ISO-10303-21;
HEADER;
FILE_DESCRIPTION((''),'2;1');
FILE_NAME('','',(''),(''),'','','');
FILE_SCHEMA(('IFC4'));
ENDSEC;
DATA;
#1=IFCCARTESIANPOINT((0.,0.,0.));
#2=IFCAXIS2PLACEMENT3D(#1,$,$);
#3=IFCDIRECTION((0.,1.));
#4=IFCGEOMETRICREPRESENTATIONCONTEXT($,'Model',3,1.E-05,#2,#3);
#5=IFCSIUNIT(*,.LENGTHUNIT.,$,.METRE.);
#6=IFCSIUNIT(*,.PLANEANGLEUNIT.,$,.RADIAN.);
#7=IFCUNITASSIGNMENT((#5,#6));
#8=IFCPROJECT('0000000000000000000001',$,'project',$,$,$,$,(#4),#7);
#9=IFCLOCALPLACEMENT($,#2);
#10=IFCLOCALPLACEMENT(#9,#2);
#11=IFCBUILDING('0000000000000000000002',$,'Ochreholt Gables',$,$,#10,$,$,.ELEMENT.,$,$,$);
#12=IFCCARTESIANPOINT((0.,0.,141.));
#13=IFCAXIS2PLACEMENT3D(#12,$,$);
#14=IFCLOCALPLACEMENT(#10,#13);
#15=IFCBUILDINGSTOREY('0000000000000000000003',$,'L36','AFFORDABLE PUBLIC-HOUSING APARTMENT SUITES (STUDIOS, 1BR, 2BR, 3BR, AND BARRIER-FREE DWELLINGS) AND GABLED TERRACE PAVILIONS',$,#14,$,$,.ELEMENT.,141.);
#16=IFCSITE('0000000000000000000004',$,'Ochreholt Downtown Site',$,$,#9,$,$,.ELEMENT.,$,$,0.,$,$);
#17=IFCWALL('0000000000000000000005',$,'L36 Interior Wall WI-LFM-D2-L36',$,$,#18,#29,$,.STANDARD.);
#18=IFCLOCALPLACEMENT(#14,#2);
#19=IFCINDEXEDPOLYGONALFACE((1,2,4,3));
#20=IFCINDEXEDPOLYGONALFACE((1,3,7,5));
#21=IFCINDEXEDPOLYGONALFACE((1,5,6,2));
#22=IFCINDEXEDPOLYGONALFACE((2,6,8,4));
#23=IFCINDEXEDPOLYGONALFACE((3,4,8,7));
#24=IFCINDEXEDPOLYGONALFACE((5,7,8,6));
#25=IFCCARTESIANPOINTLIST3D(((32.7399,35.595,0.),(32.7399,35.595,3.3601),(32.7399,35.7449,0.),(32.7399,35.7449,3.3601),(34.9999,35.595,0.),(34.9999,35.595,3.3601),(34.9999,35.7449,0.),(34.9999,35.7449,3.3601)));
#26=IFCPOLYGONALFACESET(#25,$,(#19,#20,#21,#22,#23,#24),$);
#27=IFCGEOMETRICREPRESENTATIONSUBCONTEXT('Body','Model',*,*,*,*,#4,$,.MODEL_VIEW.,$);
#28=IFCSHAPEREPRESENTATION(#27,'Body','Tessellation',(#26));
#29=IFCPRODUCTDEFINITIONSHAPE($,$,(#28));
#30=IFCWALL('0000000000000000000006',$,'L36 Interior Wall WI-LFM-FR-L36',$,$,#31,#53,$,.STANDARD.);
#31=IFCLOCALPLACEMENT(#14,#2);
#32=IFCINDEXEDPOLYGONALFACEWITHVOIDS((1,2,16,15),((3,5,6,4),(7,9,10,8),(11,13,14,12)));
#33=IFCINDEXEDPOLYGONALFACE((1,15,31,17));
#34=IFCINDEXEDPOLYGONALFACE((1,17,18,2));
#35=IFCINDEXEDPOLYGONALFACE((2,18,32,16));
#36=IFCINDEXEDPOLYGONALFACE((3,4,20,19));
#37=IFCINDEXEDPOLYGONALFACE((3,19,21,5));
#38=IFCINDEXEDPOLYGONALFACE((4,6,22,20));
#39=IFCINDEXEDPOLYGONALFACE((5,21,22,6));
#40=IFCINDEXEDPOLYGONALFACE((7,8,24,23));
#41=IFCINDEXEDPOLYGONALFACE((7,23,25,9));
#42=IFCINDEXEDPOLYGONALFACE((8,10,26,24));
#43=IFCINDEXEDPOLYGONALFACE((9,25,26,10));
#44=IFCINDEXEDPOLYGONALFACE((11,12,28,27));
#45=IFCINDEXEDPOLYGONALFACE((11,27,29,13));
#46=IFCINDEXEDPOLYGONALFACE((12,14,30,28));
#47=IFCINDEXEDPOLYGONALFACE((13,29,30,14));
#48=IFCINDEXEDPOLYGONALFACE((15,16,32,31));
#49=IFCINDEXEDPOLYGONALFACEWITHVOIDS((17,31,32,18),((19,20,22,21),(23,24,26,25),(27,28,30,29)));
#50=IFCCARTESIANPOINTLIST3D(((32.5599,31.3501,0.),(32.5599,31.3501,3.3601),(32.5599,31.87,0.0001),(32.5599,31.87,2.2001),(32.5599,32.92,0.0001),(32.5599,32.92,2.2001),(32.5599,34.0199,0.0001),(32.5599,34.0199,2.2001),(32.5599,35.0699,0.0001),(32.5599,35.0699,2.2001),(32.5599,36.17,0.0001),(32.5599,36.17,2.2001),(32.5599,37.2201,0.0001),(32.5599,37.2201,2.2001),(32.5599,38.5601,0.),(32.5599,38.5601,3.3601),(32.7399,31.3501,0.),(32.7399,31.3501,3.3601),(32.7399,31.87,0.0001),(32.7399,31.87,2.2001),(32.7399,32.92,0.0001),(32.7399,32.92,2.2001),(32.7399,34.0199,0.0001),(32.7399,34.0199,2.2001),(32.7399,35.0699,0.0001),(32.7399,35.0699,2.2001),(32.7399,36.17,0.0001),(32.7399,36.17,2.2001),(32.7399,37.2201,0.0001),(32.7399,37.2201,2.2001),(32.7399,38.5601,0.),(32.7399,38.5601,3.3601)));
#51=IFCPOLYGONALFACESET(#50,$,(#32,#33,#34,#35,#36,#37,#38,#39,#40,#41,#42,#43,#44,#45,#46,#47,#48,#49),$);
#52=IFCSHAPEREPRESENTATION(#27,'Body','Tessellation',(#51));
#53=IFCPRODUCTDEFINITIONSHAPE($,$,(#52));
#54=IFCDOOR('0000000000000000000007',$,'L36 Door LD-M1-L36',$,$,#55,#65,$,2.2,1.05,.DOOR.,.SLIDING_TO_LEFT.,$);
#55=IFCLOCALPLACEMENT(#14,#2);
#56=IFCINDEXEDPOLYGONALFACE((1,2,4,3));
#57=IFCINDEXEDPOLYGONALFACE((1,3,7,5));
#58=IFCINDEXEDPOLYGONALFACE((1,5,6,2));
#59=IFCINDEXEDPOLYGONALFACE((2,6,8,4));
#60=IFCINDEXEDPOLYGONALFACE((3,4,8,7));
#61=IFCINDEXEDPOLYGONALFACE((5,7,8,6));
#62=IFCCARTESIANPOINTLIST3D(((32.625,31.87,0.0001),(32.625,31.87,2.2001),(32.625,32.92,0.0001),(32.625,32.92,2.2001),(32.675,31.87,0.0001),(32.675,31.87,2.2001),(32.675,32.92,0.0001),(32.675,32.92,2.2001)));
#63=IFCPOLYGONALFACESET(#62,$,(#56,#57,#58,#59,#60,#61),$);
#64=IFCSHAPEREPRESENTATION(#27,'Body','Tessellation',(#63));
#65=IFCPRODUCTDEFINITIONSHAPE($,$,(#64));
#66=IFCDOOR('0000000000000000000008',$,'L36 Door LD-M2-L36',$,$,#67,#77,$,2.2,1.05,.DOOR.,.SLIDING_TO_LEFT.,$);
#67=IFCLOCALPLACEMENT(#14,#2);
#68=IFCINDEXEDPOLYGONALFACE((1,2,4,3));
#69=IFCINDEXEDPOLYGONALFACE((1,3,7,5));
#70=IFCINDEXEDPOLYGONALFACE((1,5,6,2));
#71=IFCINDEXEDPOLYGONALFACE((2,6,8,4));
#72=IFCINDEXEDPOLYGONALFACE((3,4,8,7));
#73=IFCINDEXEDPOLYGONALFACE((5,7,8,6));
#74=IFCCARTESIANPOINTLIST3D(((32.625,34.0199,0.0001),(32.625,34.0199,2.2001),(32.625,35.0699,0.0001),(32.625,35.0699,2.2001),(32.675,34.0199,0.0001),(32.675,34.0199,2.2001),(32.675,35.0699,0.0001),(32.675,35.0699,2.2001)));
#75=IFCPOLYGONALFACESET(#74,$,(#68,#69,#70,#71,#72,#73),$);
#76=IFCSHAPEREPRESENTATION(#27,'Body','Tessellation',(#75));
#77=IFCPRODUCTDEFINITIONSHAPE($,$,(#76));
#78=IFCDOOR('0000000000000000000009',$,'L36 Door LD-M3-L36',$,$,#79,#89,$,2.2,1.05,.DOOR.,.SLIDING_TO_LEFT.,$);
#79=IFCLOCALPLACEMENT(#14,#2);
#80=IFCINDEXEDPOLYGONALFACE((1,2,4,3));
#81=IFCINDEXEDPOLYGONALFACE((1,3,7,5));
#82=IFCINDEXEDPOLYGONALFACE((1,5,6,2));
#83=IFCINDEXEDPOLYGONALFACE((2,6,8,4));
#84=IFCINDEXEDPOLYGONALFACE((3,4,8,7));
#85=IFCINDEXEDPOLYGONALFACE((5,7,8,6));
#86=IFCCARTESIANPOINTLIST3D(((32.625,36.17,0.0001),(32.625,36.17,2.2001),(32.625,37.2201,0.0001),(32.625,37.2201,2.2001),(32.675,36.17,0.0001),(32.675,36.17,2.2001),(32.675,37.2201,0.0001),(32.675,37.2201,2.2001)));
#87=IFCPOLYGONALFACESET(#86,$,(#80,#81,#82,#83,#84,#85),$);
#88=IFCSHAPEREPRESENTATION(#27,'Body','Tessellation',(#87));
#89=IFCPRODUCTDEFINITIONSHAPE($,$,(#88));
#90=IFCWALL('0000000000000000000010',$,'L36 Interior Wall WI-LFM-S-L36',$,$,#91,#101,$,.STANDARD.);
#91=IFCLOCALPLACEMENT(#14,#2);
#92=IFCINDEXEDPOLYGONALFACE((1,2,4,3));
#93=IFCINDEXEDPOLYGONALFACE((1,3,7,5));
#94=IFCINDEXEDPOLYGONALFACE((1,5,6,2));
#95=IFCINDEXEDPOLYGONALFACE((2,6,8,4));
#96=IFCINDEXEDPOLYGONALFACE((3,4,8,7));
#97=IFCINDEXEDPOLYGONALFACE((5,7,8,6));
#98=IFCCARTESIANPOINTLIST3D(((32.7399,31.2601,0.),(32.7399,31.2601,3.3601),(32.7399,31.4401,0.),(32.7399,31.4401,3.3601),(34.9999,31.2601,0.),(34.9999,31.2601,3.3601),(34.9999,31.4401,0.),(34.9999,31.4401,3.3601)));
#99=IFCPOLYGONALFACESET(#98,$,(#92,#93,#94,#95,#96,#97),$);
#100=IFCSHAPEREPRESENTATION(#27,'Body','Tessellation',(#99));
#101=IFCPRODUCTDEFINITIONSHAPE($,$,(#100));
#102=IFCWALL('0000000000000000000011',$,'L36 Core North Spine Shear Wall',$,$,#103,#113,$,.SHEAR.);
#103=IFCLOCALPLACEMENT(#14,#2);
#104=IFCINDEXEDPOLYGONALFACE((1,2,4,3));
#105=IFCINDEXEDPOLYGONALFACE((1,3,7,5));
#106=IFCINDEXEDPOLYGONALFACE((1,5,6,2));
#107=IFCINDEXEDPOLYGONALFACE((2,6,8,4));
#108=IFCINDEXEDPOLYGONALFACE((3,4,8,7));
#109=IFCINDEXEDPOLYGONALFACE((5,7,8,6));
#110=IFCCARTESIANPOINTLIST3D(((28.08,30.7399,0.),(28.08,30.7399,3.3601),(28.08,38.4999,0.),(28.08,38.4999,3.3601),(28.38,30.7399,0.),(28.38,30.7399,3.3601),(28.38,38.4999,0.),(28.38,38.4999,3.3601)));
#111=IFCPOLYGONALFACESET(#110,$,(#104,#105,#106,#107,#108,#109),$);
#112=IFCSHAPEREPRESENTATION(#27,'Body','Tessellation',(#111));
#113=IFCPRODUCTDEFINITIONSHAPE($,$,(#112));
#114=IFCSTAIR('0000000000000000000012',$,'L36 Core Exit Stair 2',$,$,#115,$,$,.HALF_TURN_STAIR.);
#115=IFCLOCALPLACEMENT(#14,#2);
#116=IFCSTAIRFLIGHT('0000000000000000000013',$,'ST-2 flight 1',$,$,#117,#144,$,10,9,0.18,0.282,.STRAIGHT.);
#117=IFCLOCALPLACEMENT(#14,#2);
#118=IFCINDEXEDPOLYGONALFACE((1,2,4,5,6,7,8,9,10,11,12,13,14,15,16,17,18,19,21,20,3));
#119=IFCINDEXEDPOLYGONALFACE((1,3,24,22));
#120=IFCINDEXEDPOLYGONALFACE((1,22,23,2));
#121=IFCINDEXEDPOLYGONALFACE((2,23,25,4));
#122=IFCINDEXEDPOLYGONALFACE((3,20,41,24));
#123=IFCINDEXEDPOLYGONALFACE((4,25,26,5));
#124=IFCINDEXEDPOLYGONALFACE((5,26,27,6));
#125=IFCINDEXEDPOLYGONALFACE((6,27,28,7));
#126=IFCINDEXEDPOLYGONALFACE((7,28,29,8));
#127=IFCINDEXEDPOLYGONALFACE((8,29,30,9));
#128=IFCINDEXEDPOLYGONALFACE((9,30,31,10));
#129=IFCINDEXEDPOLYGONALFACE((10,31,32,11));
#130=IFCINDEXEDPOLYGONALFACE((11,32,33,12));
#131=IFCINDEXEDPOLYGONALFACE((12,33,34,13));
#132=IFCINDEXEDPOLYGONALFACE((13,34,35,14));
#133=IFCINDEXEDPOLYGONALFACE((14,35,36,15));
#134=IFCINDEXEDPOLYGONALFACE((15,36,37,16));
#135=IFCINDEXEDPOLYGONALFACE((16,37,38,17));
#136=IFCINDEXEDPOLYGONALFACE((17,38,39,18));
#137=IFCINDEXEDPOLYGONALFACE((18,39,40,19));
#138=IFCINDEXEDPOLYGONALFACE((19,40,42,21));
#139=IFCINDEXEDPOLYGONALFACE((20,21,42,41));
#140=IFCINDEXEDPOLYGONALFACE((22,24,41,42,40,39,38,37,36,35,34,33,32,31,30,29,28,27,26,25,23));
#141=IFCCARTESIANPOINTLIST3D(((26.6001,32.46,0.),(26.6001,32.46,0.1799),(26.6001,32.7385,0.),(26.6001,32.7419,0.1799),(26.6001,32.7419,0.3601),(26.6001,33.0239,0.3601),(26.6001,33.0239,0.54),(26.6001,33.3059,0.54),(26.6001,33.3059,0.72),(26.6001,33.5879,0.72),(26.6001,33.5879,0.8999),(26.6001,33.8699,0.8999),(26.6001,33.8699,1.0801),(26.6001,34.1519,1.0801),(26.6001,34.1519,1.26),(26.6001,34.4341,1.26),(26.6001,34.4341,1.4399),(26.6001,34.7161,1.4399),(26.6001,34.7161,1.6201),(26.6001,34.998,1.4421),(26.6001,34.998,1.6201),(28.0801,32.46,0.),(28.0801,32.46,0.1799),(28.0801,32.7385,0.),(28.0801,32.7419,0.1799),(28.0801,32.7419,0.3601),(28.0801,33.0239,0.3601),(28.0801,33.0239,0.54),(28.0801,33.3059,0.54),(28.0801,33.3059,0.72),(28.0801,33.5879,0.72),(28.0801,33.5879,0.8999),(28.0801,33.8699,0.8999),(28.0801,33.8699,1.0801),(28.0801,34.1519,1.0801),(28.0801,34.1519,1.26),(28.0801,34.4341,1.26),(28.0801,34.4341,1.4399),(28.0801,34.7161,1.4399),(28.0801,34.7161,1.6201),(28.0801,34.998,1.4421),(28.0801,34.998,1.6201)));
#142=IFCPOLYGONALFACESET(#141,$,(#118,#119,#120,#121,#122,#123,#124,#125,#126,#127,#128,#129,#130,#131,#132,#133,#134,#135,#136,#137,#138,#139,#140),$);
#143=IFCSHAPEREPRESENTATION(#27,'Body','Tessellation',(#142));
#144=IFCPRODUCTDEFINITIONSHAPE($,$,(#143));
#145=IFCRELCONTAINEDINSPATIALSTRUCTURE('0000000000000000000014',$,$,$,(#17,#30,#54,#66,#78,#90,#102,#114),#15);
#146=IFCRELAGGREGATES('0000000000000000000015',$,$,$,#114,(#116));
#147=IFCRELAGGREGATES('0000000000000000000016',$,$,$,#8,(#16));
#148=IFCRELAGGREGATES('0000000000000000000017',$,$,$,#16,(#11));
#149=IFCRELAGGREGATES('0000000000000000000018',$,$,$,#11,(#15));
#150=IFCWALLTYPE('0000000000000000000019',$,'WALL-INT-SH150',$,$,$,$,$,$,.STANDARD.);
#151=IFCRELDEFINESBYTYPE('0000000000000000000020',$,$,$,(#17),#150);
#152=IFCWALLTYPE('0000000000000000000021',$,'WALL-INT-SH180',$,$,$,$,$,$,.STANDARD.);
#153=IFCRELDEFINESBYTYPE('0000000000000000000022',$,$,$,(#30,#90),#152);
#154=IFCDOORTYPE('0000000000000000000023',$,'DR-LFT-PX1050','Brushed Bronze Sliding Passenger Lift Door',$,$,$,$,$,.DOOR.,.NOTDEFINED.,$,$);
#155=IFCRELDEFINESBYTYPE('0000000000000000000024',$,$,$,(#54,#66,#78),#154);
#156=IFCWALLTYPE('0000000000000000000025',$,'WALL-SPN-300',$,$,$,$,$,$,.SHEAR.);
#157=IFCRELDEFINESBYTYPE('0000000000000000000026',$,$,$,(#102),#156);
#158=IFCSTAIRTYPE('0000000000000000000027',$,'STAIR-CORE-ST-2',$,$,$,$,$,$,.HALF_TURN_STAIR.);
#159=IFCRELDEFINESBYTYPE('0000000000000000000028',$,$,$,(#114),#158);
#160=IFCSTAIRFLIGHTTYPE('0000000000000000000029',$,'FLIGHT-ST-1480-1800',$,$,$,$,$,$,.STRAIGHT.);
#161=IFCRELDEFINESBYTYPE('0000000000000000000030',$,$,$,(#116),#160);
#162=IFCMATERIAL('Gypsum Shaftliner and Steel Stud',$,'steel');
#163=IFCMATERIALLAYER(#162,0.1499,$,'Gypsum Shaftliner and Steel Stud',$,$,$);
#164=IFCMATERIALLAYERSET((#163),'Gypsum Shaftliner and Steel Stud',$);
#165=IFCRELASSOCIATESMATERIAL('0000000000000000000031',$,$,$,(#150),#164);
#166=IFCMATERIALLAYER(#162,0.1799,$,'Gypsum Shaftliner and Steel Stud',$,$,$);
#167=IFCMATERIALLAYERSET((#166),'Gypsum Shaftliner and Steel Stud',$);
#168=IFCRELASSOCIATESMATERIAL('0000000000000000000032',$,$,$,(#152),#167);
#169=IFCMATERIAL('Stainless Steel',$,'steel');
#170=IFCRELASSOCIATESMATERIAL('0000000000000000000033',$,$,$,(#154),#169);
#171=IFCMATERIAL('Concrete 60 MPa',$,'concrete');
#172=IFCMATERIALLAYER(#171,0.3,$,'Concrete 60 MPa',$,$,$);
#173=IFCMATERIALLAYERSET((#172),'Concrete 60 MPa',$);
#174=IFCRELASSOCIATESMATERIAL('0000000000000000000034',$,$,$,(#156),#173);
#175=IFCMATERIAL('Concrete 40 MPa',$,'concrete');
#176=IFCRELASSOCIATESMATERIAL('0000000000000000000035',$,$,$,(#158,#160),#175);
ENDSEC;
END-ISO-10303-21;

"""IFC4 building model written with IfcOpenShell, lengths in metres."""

from ifc_helpers import new_model, si_unit, direction, frame, frame_2d, origin, place, context, subcontext, project, spatial, polyline, rectangle, outline, extrude, material, layer, layer_set, type_object, element, fill, aggregate, save


model = new_model("IFC4")

# Units and contexts
model_context = context("Model", 3, precision=1e-05, world=origin(), true_north=direction((0.0, 1.0)))
body_context = subcontext(model_context, "Body", "Model", "MODEL_VIEW")
ifc_project = project(units=[si_unit("LENGTHUNIT", "METRE"), si_unit("PLANEANGLEUNIT", "RADIAN")], contexts=[model_context])

# Site, building, storey
site_placement = place(None, origin())
site = spatial("IfcSite", under=ifc_project, at=site_placement, Name="Ochreholt Downtown Site", CompositionType="ELEMENT", RefElevation=0.0)
building_placement = place(site_placement, origin())
building = spatial("IfcBuilding", under=site, at=building_placement, Name="Ochreholt Gables", CompositionType="ELEMENT")
storey_placement = place(building_placement, frame((0.0, 0.0, 141.0)))
storey = spatial("IfcBuildingStorey", under=building, at=storey_placement, Name="L36", Description="AFFORDABLE PUBLIC-HOUSING APARTMENT SUITES (STUDIOS, 1BR, 2BR, 3BR, AND BARRIER-FREE DWELLINGS) AND GABLED TERRACE PAVILIONS", CompositionType="ELEMENT", Elevation=141.0)

# Wall
ifc_material_1 = material(Name="Gypsum Shaftliner and Steel Stud", Category="steel")
ifc_layer_1 = layer(ifc_material_1, 0.1499, Name="Gypsum Shaftliner and Steel Stud")
ifc_layer_set_1 = layer_set([ifc_layer_1], Name="Gypsum Shaftliner and Steel Stud")
wall_type_1 = type_object("IfcWallType", Name="WALL-INT-SH150", PredefinedType="STANDARD", material=ifc_layer_set_1)
for number, where, z_axis, x_axis, name in (
    (1, (32.74, 35.6699, 0.0), (0.0, 0.0, 1.0), (1.0, 0.0, 0.0), "L36 Interior Wall WI-LFM-D2-L36"),
):
    element("IfcWall", number, at=place(storey_placement, frame(where, z_axis=z_axis, x_axis=x_axis)), inside=storey, type_object=wall_type_1, Name=name, PredefinedType="STANDARD", context=body_context, shape_type="SweptSolid", body=[
        extrude(rectangle(XDim=2.26, YDim=0.1499, at=frame_2d((1.1299, 0.0))), origin(), (0.0, 0.0, 1.0), 3.3601),
    ])

# Wall, openings, doors
ifc_layer_2 = layer(ifc_material_1, 0.1799, Name="Gypsum Shaftliner and Steel Stud")
ifc_layer_set_2 = layer_set([ifc_layer_2], Name="Gypsum Shaftliner and Steel Stud")
wall_type_2 = type_object("IfcWallType", Name="WALL-INT-SH180", PredefinedType="STANDARD", material=ifc_layer_set_2)
wall_1_placement = place(storey_placement, frame((32.6499, 31.3501, 0.0), z_axis=(0.0, 0.0, 1.0), x_axis=(0.0, 1.0, 0.0)))
wall_1 = element("IfcWall", 2, at=wall_1_placement, inside=storey, type_object=wall_type_2, Name="L36 Interior Wall WI-LFM-FR-L36", PredefinedType="STANDARD", context=body_context, shape_type="SweptSolid", body=[
    extrude(rectangle(XDim=7.21, YDim=0.1799, at=frame_2d((3.605, 0.0))), origin(), (0.0, 0.0, 1.0), 3.3601),
])
opening_1_placement = place(wall_1_placement, frame((0.52, 0.0, 0.0)))
opening_1 = element("IfcOpeningElement", 3, at=opening_1_placement, cuts=wall_1, PredefinedType="OPENING", context=body_context, shape_type="SweptSolid", body=[
    extrude(rectangle(XDim=1.05, YDim=2.2, at=frame_2d((0.5249, 1.1001))), frame((0.0, 0.0999, 0.0), z_axis=(0.0, -1.0, 0.0), x_axis=(1.0, 0.0, 0.0)), (0.0, 0.0, 1.0), 0.2),
])
opening_2_placement = place(wall_1_placement, frame((2.6699, 0.0, 0.0)))
opening_2 = element("IfcOpeningElement", 4, at=opening_2_placement, cuts=wall_1, PredefinedType="OPENING", context=body_context, shape_type="SweptSolid", body=[
    extrude(rectangle(XDim=1.05, YDim=2.2, at=frame_2d((0.5249, 1.1001))), frame((0.0, 0.0999, 0.0), z_axis=(0.0, -1.0, 0.0), x_axis=(1.0, 0.0, 0.0)), (0.0, 0.0, 1.0), 0.2),
])
opening_3_placement = place(wall_1_placement, frame((4.8201, 0.0, 0.0)))
opening_3 = element("IfcOpeningElement", 5, at=opening_3_placement, cuts=wall_1, PredefinedType="OPENING", context=body_context, shape_type="SweptSolid", body=[
    extrude(rectangle(XDim=1.05, YDim=2.2, at=frame_2d((0.5249, 1.1001))), frame((0.0, 0.0999, 0.0), z_axis=(0.0, -1.0, 0.0), x_axis=(1.0, 0.0, 0.0)), (0.0, 0.0, 1.0), 0.2),
])
ifc_material_2 = material(Name="Stainless Steel", Category="steel")
door_type_1 = type_object("IfcDoorType", Name="DR-LFT-PX1050", Description="Brushed Bronze Sliding Passenger Lift Door", OperationType="NOTDEFINED", PredefinedType="DOOR", material=ifc_material_2)
door_1_placement = place(opening_1_placement, origin())
door_1 = element("IfcDoor", 6, at=door_1_placement, inside=storey, type_object=door_type_1, Name="L36 Door LD-M1-L36", OperationType="SLIDING_TO_LEFT", OverallHeight=2.2, OverallWidth=1.05, PredefinedType="DOOR", context=body_context, shape_type="SweptSolid", body=[
    extrude(rectangle(XDim=1.05, YDim=2.2, at=frame_2d((0.5249, 1.1001))), frame((0.0, 0.0249, 0.0), z_axis=(0.0, -1.0, 0.0), x_axis=(1.0, 0.0, 0.0)), (0.0, 0.0, 1.0), 0.05),
])
fill(opening_1, door_1)
door_2_placement = place(opening_2_placement, origin())
door_2 = element("IfcDoor", 7, at=door_2_placement, inside=storey, type_object=door_type_1, Name="L36 Door LD-M2-L36", OperationType="SLIDING_TO_LEFT", OverallHeight=2.2, OverallWidth=1.05, PredefinedType="DOOR", context=body_context, shape_type="SweptSolid", body=[
    extrude(rectangle(XDim=1.05, YDim=2.2, at=frame_2d((0.5249, 1.1001))), frame((0.0, 0.0249, 0.0), z_axis=(0.0, -1.0, 0.0), x_axis=(1.0, 0.0, 0.0)), (0.0, 0.0, 1.0), 0.05),
])
fill(opening_2, door_2)
door_3_placement = place(opening_3_placement, origin())
door_3 = element("IfcDoor", 8, at=door_3_placement, inside=storey, type_object=door_type_1, Name="L36 Door LD-M3-L36", OperationType="SLIDING_TO_LEFT", OverallHeight=2.2, OverallWidth=1.05, PredefinedType="DOOR", context=body_context, shape_type="SweptSolid", body=[
    extrude(rectangle(XDim=1.05, YDim=2.2, at=frame_2d((0.5249, 1.1001))), frame((0.0, 0.0249, 0.0), z_axis=(0.0, -1.0, 0.0), x_axis=(1.0, 0.0, 0.0)), (0.0, 0.0, 1.0), 0.05),
])
fill(opening_3, door_3)

# Walls
wall_2_placement = place(storey_placement, frame((32.74, 31.3501, 0.0), z_axis=(0.0, 0.0, 1.0), x_axis=(1.0, 0.0, 0.0)))
element("IfcWall", 9, at=wall_2_placement, inside=storey, type_object=wall_type_2, Name="L36 Interior Wall WI-LFM-S-L36", PredefinedType="STANDARD", context=body_context, shape_type="SweptSolid", body=[
    extrude(rectangle(XDim=2.26, YDim=0.1799, at=frame_2d((1.1299, 0.0))), origin(), (0.0, 0.0, 1.0), 3.3601),
])
ifc_material_3 = material(Name="Concrete 60 MPa", Category="concrete")
ifc_layer_3 = layer(ifc_material_3, 0.3, Name="Concrete 60 MPa")
ifc_layer_set_3 = layer_set([ifc_layer_3], Name="Concrete 60 MPa")
wall_type_3 = type_object("IfcWallType", Name="WALL-SPN-300", PredefinedType="SHEAR", material=ifc_layer_set_3)
wall_3_placement = place(storey_placement, frame((28.23, 30.74, 0.0), z_axis=(0.0, 0.0, 1.0), x_axis=(0.0, 1.0, 0.0)))
element("IfcWall", 10, at=wall_3_placement, inside=storey, type_object=wall_type_3, Name="L36 Core North Spine Shear Wall", PredefinedType="SHEAR", context=body_context, shape_type="SweptSolid", body=[
    extrude(rectangle(XDim=7.76, YDim=0.3, at=frame_2d((3.8799, 0.0))), origin(), (0.0, 0.0, 1.0), 3.3601),
])

# Stair, stair flight
ifc_material_4 = material(Name="Concrete 40 MPa", Category="concrete")
stair_type = type_object("IfcStairType", Name="STAIR-CORE-ST-2", PredefinedType="HALF_TURN_STAIR", material=ifc_material_4)
stair_placement = place(storey_placement, origin())
stair = element("IfcStair", 11, at=stair_placement, inside=storey, type_object=stair_type, Name="L36 Core Exit Stair 2", PredefinedType="HALF_TURN_STAIR")
stair_flight_type = type_object("IfcStairFlightType", Name="FLIGHT-ST-1480-1800", PredefinedType="STRAIGHT", material=ifc_material_4)
stair_flight_placement = place(storey_placement, frame((27.3401, 32.46, 0.0), z_axis=(0.0, 0.0, 1.0), x_axis=(0.0, 1.0, 0.0)))
stair_flight = element("IfcStairFlight", 12, at=stair_flight_placement, type_object=stair_flight_type, Name="ST-2 flight 1", NumberOfRisers=10, NumberOfTreads=9, PredefinedType="STRAIGHT", RiserHeight=0.18, TreadLength=0.282, context=body_context, shape_type="SweptSolid", body=[
    extrude(outline(polyline([(0.0, 0.0), (0.0, 0.1799), (0.282, 0.1799), (0.282, 0.3601), (0.564, 0.3601), (0.564, 0.54), (0.8459, 0.54), (0.8459, 0.72), (1.1279, 0.72), (1.1279, 0.8999), (1.4099, 0.8999), (1.4099, 1.0801), (1.6919, 1.0801), (1.6919, 1.26), (1.9741, 1.26), (1.9741, 1.4399), (2.2561, 1.4399), (2.2561, 1.6201), (2.5381, 1.6201), (2.5381, 1.8), (2.5381, 1.4421), (0.2786, 0.0), (0.0, 0.0)])), frame((0.0, 0.74, 0.0), z_axis=(0.0, -1.0, 0.0), x_axis=(1.0, 0.0, 0.0)), (0.0, 0.0, 1.0), 1.48),
])
aggregate(stair, [stair_flight])

save(model, "model.ifc")
